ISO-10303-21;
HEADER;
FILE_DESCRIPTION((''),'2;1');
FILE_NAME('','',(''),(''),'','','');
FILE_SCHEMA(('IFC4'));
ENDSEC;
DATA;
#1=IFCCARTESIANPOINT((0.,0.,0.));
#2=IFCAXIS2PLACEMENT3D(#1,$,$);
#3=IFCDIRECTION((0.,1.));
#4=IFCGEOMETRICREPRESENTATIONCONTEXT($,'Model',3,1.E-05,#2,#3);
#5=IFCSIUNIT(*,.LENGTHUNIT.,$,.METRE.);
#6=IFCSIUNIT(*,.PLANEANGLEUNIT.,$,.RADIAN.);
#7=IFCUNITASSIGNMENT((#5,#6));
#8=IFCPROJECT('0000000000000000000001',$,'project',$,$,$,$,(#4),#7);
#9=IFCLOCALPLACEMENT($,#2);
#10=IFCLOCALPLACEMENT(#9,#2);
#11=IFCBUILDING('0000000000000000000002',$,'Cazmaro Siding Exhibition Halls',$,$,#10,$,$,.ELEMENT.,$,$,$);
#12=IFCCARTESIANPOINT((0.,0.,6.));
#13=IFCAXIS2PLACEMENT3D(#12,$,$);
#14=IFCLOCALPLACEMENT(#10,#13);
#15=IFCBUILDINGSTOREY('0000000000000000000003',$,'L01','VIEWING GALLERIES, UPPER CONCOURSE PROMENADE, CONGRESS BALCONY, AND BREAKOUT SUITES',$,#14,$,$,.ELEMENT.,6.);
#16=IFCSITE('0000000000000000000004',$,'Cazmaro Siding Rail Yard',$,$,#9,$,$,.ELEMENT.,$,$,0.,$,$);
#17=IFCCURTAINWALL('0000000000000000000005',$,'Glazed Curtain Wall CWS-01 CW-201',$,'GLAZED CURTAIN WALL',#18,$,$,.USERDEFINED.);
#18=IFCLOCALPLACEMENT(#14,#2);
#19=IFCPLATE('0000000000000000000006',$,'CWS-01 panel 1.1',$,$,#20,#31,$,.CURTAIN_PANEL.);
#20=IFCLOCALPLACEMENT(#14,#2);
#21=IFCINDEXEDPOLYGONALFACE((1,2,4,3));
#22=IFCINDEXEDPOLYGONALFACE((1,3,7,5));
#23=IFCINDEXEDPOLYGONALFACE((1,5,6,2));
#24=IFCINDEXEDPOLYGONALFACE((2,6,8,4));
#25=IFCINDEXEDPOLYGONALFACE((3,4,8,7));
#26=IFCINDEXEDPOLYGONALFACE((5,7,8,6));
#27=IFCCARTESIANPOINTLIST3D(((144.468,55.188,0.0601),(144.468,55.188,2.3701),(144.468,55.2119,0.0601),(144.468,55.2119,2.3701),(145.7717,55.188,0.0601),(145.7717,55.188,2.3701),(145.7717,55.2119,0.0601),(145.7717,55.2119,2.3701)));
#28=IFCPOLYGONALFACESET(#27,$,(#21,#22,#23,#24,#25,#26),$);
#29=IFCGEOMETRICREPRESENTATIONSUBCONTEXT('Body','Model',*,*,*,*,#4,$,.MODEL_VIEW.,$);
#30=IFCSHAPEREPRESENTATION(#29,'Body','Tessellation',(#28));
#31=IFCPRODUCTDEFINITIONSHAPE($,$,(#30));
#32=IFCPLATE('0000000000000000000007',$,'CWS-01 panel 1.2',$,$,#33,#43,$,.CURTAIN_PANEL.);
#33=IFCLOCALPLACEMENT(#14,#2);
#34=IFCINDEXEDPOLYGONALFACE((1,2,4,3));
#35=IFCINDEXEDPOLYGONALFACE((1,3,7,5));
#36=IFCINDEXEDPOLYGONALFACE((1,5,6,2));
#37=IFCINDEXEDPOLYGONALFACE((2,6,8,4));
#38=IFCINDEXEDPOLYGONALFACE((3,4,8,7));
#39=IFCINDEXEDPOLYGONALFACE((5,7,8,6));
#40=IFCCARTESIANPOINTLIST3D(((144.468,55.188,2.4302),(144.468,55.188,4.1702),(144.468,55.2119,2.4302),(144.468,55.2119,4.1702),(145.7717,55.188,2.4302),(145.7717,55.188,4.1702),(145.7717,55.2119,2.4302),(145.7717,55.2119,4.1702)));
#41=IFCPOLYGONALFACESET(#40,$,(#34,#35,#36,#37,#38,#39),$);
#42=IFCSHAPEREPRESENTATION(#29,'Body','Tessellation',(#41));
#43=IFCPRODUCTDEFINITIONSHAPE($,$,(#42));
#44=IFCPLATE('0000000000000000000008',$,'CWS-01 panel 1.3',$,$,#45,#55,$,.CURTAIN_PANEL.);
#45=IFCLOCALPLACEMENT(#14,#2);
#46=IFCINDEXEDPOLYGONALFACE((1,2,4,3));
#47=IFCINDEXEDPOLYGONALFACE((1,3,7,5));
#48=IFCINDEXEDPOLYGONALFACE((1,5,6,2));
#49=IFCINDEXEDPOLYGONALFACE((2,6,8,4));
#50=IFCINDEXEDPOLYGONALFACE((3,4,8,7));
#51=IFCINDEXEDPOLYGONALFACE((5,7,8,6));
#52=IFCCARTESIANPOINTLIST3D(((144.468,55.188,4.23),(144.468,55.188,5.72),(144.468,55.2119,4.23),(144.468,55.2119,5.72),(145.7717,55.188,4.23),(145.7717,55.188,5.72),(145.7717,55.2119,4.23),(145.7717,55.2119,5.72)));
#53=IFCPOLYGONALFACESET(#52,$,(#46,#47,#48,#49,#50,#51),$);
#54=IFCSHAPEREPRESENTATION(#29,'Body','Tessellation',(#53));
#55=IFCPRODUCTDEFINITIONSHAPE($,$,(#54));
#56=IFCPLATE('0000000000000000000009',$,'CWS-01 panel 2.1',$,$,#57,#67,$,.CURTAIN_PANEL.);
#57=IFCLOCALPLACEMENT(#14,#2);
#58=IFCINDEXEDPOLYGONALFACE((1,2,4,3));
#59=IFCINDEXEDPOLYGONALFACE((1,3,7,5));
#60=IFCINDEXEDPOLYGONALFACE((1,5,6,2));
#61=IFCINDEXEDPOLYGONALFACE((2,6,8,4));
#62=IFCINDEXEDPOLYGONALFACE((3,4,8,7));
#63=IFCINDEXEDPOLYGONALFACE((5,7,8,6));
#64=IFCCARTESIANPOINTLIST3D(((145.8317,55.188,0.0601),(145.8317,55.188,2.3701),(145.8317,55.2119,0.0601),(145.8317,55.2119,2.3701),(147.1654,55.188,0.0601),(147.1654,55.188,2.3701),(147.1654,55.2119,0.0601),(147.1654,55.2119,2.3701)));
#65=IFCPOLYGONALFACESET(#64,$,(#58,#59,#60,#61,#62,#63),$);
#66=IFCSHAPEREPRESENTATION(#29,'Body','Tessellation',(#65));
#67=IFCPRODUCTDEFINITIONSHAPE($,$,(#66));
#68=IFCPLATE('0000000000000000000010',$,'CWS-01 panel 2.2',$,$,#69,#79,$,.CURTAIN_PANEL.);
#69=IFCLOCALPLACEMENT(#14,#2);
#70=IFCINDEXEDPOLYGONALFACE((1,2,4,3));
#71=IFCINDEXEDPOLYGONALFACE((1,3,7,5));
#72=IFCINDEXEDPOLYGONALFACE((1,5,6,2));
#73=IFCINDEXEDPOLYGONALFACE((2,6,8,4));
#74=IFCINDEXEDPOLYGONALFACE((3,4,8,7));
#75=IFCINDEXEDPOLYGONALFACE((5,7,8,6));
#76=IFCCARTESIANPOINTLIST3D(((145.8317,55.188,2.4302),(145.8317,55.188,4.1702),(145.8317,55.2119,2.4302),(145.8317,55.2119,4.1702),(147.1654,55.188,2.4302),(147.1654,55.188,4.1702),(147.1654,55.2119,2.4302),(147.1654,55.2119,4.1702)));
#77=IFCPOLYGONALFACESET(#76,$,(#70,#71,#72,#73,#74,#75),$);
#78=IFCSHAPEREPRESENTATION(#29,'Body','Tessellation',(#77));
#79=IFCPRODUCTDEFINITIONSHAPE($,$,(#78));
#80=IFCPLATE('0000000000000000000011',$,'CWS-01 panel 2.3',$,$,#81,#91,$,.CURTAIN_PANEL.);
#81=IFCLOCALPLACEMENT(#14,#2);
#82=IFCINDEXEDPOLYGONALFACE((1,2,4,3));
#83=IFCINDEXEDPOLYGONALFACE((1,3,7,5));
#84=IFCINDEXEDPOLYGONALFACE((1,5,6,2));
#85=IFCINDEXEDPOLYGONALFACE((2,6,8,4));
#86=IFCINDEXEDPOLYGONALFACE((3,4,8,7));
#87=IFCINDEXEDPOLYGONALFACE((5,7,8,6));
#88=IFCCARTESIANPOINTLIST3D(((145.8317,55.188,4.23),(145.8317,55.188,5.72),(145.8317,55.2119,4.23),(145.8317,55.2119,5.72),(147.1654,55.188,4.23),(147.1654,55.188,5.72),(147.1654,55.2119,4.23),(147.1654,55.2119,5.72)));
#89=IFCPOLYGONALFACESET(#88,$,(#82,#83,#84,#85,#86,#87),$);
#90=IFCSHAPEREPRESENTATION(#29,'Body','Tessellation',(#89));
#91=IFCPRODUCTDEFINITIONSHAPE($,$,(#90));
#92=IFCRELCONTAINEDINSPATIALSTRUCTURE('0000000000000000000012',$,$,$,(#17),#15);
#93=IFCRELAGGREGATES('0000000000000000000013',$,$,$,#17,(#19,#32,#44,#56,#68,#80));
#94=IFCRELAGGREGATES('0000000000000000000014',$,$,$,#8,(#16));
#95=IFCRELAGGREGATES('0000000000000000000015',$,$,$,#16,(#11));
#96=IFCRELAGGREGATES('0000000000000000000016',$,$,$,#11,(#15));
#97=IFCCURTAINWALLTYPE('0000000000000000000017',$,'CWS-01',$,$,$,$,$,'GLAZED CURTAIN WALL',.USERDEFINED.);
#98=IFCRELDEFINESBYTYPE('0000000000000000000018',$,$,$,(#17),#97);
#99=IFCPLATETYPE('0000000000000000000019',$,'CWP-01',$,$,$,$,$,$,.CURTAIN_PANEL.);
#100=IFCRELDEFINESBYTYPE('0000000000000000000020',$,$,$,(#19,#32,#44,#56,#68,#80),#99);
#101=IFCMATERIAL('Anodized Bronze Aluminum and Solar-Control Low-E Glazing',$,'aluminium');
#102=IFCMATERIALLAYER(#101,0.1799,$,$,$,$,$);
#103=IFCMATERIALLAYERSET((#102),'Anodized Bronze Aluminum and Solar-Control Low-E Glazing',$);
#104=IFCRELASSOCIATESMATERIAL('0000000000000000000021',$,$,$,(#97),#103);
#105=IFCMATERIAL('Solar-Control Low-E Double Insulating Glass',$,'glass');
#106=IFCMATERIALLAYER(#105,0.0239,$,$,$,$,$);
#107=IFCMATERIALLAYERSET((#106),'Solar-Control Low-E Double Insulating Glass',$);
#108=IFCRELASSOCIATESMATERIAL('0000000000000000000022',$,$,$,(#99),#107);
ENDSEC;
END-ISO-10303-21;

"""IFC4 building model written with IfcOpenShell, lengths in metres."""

from ifc_helpers import new_model, si_unit, direction, frame, origin, origin_2d, place, context, subcontext, project, spatial, rectangle, extrude, material, layer, layer_set, type_object, element, aggregate, save


model = new_model("IFC4")

# Units and contexts
model_context = context("Model", 3, precision=1e-05, world=origin(), true_north=direction((0.0, 1.0)))
body_context = subcontext(model_context, "Body", "Model", "MODEL_VIEW")
ifc_project = project(units=[si_unit("LENGTHUNIT", "METRE"), si_unit("PLANEANGLEUNIT", "RADIAN")], contexts=[model_context])

# Site, building, storey
site_placement = place(None, origin())
site = spatial("IfcSite", under=ifc_project, at=site_placement, Name="Cazmaro Siding Rail Yard", CompositionType="ELEMENT", RefElevation=0.0)
building_placement = place(site_placement, origin())
building = spatial("IfcBuilding", under=site, at=building_placement, Name="Cazmaro Siding Exhibition Halls", CompositionType="ELEMENT")
storey_placement = place(building_placement, frame((0.0, 0.0, 6.0)))
storey = spatial("IfcBuildingStorey", under=building, at=storey_placement, Name="L01", Description="VIEWING GALLERIES, UPPER CONCOURSE PROMENADE, CONGRESS BALCONY, AND BREAKOUT SUITES", CompositionType="ELEMENT", Elevation=6.0)

# Curtain wall, plates
ifc_material_1 = material(Name="Anodized Bronze Aluminum and Solar-Control Low-E Glazing", Category="aluminium")
ifc_layer_1 = layer(ifc_material_1, 0.1799)
ifc_layer_set_1 = layer_set([ifc_layer_1], Name="Anodized Bronze Aluminum and Solar-Control Low-E Glazing")
curtain_wall_type = type_object("IfcCurtainWallType", Name="CWS-01", ElementType="GLAZED CURTAIN WALL", PredefinedType="USERDEFINED", material=ifc_layer_set_1)
curtain_wall_placement = place(storey_placement, origin())
curtain_wall = element("IfcCurtainWall", 1, at=curtain_wall_placement, inside=storey, type_object=curtain_wall_type, Name="Glazed Curtain Wall CWS-01 CW-201", ObjectType="GLAZED CURTAIN WALL", PredefinedType="USERDEFINED")
ifc_material_2 = material(Name="Solar-Control Low-E Double Insulating Glass", Category="glass")
ifc_layer_2 = layer(ifc_material_2, 0.0239)
ifc_layer_set_2 = layer_set([ifc_layer_2], Name="Solar-Control Low-E Double Insulating Glass")
plate_type = type_object("IfcPlateType", Name="CWP-01", PredefinedType="CURTAIN_PANEL", material=ifc_layer_set_2)
plate_1_placement = place(storey_placement, frame((145.1199, 55.2, 0.0601), z_axis=(0.0, 0.0, 1.0), x_axis=(1.0, 0.0, 0.0)))
plate_1 = element("IfcPlate", 2, at=plate_1_placement, type_object=plate_type, Name="CWS-01 panel 1.1", PredefinedType="CURTAIN_PANEL", context=body_context, shape_type="SweptSolid", body=[
    extrude(rectangle(XDim=1.3037, YDim=0.0239, at=origin_2d()), origin(), (0.0, 0.0, 1.0), 2.3101),
])
plate_2_placement = place(storey_placement, frame((145.1199, 55.2, 2.4302), z_axis=(0.0, 0.0, 1.0), x_axis=(1.0, 0.0, 0.0)))
plate_2 = element("IfcPlate", 3, at=plate_2_placement, type_object=plate_type, Name="CWS-01 panel 1.2", PredefinedType="CURTAIN_PANEL", context=body_context, shape_type="SweptSolid", body=[
    extrude(rectangle(XDim=1.3037, YDim=0.0239, at=origin_2d()), origin(), (0.0, 0.0, 1.0), 1.74),
])
plate_3_placement = place(storey_placement, frame((145.1199, 55.2, 4.23), z_axis=(0.0, 0.0, 1.0), x_axis=(1.0, 0.0, 0.0)))
plate_3 = element("IfcPlate", 4, at=plate_3_placement, type_object=plate_type, Name="CWS-01 panel 1.3", PredefinedType="CURTAIN_PANEL", context=body_context, shape_type="SweptSolid", body=[
    extrude(rectangle(XDim=1.3037, YDim=0.0239, at=origin_2d()), origin(), (0.0, 0.0, 1.0), 1.49),
])
plate_4_placement = place(storey_placement, frame((146.4985, 55.2, 0.0601), z_axis=(0.0, 0.0, 1.0), x_axis=(1.0, 0.0, 0.0)))
plate_4 = element("IfcPlate", 5, at=plate_4_placement, type_object=plate_type, Name="CWS-01 panel 2.1", PredefinedType="CURTAIN_PANEL", context=body_context, shape_type="SweptSolid", body=[
    extrude(rectangle(XDim=1.3337, YDim=0.0239, at=origin_2d()), origin(), (0.0, 0.0, 1.0), 2.3101),
])
plate_5_placement = place(storey_placement, frame((146.4985, 55.2, 2.4302), z_axis=(0.0, 0.0, 1.0), x_axis=(1.0, 0.0, 0.0)))
plate_5 = element("IfcPlate", 6, at=plate_5_placement, type_object=plate_type, Name="CWS-01 panel 2.2", PredefinedType="CURTAIN_PANEL", context=body_context, shape_type="SweptSolid", body=[
    extrude(rectangle(XDim=1.3337, YDim=0.0239, at=origin_2d()), origin(), (0.0, 0.0, 1.0), 1.74),
])
plate_6_placement = place(storey_placement, frame((146.4985, 55.2, 4.23), z_axis=(0.0, 0.0, 1.0), x_axis=(1.0, 0.0, 0.0)))
plate_6 = element("IfcPlate", 7, at=plate_6_placement, type_object=plate_type, Name="CWS-01 panel 2.3", PredefinedType="CURTAIN_PANEL", context=body_context, shape_type="SweptSolid", body=[
    extrude(rectangle(XDim=1.3337, YDim=0.0239, at=origin_2d()), origin(), (0.0, 0.0, 1.0), 1.49),
])
aggregate(curtain_wall, [plate_1, plate_2, plate_3, plate_4, plate_5, plate_6])

save(model, "model.ifc")
